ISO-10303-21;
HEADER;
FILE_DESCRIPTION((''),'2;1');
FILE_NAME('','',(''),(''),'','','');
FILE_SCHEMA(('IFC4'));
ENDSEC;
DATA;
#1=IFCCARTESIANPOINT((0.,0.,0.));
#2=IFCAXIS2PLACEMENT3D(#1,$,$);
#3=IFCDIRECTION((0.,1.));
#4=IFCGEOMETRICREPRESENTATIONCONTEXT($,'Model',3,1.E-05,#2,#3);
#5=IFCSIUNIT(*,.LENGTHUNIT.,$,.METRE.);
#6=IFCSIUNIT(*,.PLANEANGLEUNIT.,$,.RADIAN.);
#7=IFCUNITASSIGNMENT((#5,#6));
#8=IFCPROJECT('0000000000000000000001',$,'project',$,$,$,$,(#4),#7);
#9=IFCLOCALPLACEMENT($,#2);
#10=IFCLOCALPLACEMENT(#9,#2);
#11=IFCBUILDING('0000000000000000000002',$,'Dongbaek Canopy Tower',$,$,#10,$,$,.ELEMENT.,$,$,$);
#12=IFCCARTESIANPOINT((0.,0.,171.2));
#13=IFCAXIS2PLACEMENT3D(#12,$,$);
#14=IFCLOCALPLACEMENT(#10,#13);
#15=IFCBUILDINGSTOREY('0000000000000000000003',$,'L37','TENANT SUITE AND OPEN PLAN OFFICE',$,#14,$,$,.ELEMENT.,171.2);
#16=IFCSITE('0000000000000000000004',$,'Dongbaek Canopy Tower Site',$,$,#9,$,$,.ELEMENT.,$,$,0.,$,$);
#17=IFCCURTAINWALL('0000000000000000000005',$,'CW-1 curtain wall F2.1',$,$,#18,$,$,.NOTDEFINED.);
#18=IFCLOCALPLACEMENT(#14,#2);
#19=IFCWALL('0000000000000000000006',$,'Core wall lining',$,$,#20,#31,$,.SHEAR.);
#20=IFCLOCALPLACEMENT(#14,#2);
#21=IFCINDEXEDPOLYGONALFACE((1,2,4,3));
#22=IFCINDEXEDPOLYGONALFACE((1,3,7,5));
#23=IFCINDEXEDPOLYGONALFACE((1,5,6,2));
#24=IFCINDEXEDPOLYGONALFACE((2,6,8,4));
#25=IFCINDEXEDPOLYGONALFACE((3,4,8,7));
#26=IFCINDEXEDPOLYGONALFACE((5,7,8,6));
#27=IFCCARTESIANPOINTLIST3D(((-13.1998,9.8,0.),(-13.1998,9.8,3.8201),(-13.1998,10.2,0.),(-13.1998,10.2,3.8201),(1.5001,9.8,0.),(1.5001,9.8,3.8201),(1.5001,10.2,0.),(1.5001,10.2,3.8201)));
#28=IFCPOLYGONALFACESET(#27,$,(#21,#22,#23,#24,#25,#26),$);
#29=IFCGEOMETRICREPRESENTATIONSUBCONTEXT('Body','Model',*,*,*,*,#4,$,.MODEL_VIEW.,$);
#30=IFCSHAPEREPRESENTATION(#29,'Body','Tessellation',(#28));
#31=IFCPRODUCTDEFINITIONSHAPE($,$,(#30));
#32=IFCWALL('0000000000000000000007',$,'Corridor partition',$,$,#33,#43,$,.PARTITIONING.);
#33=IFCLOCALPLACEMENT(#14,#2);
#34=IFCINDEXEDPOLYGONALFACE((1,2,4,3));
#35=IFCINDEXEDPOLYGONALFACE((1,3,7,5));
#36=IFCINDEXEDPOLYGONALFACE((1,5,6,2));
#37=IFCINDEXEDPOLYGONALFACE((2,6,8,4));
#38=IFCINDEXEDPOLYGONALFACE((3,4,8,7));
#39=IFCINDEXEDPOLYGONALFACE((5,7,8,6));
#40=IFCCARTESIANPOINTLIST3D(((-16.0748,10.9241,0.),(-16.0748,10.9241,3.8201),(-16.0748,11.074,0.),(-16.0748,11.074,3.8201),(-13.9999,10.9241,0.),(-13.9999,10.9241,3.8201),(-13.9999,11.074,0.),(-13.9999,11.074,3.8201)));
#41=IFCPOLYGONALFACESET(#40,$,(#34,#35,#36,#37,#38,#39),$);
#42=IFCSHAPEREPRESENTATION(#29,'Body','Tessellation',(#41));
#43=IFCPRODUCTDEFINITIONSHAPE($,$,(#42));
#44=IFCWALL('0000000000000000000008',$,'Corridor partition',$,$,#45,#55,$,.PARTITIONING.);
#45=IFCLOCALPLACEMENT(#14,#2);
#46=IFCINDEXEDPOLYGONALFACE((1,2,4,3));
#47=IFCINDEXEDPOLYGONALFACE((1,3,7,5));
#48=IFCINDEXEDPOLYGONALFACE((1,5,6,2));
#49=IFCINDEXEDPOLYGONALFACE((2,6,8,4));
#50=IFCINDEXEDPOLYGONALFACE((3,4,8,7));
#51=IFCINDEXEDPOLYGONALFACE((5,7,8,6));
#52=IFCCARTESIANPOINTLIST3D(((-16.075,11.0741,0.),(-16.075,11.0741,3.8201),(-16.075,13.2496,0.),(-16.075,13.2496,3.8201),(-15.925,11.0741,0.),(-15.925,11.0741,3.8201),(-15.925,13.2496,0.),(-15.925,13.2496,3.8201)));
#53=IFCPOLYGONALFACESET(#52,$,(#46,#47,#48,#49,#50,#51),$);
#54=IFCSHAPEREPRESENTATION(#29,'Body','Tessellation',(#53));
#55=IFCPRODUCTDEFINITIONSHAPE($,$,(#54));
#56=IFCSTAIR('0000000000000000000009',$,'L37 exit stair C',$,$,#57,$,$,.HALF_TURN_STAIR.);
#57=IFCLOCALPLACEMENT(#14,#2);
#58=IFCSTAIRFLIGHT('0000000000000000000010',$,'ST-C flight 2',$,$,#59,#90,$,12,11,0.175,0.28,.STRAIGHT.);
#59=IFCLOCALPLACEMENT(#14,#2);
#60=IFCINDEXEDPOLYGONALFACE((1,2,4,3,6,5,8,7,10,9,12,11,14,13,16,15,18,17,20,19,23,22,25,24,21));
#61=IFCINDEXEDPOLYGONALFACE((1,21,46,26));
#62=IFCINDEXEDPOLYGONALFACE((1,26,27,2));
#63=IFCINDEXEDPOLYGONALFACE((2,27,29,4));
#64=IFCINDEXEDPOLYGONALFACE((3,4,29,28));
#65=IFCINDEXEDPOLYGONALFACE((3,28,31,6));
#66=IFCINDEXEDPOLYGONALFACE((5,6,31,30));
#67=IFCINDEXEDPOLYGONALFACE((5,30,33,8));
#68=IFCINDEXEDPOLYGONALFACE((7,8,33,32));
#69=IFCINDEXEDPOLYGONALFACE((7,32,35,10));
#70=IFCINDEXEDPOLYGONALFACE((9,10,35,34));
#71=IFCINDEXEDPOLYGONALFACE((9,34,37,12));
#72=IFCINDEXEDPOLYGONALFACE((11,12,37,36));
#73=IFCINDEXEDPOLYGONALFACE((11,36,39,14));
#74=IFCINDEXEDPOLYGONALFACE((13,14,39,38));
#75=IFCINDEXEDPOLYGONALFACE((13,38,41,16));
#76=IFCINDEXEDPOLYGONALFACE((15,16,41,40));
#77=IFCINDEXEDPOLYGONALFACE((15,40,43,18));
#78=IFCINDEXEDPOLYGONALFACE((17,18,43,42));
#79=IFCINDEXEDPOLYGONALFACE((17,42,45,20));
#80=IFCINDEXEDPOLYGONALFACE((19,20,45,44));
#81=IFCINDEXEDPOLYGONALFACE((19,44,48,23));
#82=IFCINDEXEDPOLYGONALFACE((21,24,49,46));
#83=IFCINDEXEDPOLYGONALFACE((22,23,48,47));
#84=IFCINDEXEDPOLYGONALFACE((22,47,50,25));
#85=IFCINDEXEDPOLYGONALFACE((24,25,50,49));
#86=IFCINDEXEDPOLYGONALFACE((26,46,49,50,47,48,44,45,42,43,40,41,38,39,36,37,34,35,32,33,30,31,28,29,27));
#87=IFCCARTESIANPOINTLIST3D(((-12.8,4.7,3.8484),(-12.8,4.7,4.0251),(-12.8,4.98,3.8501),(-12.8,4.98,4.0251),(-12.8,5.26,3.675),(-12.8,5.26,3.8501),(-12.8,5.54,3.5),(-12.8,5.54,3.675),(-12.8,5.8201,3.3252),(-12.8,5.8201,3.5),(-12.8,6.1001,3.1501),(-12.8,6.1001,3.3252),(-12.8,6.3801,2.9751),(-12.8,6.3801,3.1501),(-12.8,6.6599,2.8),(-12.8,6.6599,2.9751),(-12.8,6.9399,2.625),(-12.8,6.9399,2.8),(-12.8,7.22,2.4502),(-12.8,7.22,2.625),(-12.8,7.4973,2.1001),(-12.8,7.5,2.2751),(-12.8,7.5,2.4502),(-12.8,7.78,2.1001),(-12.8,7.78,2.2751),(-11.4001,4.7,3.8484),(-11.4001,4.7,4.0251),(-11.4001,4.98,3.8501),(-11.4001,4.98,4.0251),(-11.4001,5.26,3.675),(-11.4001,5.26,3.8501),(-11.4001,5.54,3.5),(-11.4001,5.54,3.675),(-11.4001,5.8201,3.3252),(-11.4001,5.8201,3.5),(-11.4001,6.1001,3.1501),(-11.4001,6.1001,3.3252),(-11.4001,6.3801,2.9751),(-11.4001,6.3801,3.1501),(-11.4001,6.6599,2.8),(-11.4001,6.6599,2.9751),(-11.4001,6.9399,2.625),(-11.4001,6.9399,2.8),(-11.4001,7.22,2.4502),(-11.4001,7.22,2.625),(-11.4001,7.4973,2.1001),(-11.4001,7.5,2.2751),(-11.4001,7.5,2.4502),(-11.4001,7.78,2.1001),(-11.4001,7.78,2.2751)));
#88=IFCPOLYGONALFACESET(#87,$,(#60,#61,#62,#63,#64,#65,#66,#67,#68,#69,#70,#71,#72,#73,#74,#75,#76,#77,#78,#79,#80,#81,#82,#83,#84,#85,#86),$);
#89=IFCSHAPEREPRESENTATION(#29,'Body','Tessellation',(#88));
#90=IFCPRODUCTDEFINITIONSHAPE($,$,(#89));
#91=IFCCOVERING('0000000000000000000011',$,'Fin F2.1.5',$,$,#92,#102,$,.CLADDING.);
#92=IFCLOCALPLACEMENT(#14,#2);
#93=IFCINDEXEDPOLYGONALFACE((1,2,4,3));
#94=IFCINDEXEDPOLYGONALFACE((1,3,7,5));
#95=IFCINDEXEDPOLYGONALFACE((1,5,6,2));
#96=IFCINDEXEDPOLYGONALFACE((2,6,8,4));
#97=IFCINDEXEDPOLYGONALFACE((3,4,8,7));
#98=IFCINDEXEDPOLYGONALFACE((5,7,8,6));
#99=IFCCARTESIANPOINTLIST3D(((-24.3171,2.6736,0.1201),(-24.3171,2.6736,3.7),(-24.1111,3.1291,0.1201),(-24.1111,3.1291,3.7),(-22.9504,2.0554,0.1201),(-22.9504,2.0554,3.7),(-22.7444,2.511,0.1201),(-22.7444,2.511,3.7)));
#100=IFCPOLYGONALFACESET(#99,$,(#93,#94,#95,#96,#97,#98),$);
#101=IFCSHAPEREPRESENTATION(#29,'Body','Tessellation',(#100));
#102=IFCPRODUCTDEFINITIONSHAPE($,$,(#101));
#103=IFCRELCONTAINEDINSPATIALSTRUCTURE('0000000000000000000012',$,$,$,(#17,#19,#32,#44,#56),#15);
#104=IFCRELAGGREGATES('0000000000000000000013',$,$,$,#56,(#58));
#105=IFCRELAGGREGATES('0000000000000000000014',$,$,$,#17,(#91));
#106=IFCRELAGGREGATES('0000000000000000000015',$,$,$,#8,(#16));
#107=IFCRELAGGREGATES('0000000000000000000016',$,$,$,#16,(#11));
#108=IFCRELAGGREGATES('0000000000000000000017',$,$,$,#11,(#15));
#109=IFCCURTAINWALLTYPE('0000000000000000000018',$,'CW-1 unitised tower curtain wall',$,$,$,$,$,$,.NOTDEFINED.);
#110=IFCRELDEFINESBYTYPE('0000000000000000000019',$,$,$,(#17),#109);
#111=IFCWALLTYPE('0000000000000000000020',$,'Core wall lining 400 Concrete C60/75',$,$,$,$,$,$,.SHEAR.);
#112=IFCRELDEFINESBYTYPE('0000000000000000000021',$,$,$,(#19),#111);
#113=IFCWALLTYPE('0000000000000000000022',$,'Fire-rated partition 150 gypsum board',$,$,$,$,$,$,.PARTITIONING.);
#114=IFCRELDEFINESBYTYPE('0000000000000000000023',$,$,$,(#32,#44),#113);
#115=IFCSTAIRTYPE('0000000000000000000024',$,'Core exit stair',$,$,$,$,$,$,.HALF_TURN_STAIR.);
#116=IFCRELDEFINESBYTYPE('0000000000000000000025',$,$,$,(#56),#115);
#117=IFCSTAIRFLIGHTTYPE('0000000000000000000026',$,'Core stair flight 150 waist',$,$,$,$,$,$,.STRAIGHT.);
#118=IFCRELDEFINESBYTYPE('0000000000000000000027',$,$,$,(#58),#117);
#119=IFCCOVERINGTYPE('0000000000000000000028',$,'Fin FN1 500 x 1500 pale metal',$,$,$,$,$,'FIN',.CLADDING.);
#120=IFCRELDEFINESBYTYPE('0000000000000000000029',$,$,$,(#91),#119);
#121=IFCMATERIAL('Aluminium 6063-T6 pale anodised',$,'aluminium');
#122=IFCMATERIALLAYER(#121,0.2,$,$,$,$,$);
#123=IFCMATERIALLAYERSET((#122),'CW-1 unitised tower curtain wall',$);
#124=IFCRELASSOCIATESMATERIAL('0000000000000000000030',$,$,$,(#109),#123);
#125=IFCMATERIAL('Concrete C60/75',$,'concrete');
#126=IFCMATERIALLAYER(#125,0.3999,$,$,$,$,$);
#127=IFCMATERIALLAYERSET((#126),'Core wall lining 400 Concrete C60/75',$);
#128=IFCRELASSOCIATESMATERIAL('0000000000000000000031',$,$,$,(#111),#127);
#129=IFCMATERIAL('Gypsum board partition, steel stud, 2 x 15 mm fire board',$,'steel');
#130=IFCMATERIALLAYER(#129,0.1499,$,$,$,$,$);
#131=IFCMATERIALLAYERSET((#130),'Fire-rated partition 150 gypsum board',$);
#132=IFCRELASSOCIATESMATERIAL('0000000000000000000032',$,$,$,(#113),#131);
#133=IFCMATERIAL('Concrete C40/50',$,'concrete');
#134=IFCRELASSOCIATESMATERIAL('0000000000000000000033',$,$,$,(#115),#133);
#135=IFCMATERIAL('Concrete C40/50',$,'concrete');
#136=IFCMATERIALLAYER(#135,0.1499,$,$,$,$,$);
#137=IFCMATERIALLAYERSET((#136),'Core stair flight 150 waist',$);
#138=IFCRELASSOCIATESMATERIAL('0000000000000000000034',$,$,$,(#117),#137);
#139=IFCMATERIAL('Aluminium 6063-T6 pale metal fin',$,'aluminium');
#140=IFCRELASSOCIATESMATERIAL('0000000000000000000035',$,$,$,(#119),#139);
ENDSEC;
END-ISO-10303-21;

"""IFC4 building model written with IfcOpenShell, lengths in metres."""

from ifc_helpers import new_model, si_unit, direction, frame, frame_2d, origin, origin_2d, place, context, subcontext, project, spatial, polyline, rectangle, outline, extrude, material, layer, layer_set, material_profile, profile_set, type_object, element, aggregate, save


model = new_model("IFC4")

# Units and contexts
model_context = context("Model", 3, precision=1e-05, world=origin(), true_north=direction((0.0, 1.0)))
body_context = subcontext(model_context, "Body", "Model", "MODEL_VIEW")
ifc_project = project(units=[si_unit("LENGTHUNIT", "METRE"), si_unit("PLANEANGLEUNIT", "RADIAN")], contexts=[model_context])

# Site, building, storey
site_placement = place(None, origin())
site = spatial("IfcSite", under=ifc_project, at=site_placement, Name="Dongbaek Canopy Tower Site", CompositionType="ELEMENT", RefElevation=0.0)
building_placement = place(site_placement, origin())
building = spatial("IfcBuilding", under=site, at=building_placement, Name="Dongbaek Canopy Tower", CompositionType="ELEMENT")
storey_placement = place(building_placement, frame((0.0, 0.0, 171.2)))
storey = spatial("IfcBuildingStorey", under=building, at=storey_placement, Name="L37", Description="TENANT SUITE AND OPEN PLAN OFFICE", CompositionType="ELEMENT", Elevation=171.2)

# Curtain wall
ifc_material_1 = material(Name="Aluminium 6063-T6 pale anodised", Category="aluminium")
ifc_layer_1 = layer(ifc_material_1, 0.2)
ifc_layer_set_1 = layer_set([ifc_layer_1], Name="CW-1 unitised tower curtain wall")
curtain_wall_type = type_object("IfcCurtainWallType", Name="CW-1 unitised tower curtain wall", PredefinedType="NOTDEFINED", material=ifc_layer_set_1)
curtain_wall_placement = place(storey_placement, origin())
curtain_wall = element("IfcCurtainWall", 1, at=curtain_wall_placement, inside=storey, type_object=curtain_wall_type, Name="CW-1 curtain wall F2.1", PredefinedType="NOTDEFINED")

# Walls
ifc_material_2 = material(Name="Concrete C60/75", Category="concrete")
ifc_layer_2 = layer(ifc_material_2, 0.3999)
ifc_layer_set_2 = layer_set([ifc_layer_2], Name="Core wall lining 400 Concrete C60/75")
wall_type_1 = type_object("IfcWallType", Name="Core wall lining 400 Concrete C60/75", PredefinedType="SHEAR", material=ifc_layer_set_2)
wall_1_placement = place(storey_placement, frame((-13.2, 10.0, 0.0), z_axis=(0.0, 0.0, 1.0), x_axis=(1.0, 0.0, 0.0)))
element("IfcWall", 2, at=wall_1_placement, inside=storey, type_object=wall_type_1, Name="Core wall lining", PredefinedType="SHEAR", context=body_context, shape_type="SweptSolid", body=[
    extrude(rectangle(XDim=14.7, YDim=0.3999, at=frame_2d((7.3501, 0.0))), origin(), (0.0, 0.0, 1.0), 3.8201),
])
ifc_material_3 = material(Name="Gypsum board partition, steel stud, 2 x 15 mm fire board", Category="steel")
ifc_layer_3 = layer(ifc_material_3, 0.1499)
ifc_layer_set_3 = layer_set([ifc_layer_3], Name="Fire-rated partition 150 gypsum board")
wall_type_2 = type_object("IfcWallType", Name="Fire-rated partition 150 gypsum board", PredefinedType="PARTITIONING", material=ifc_layer_set_3)
wall_2_placement = place(storey_placement, frame((-16.075, 10.999, 0.0), z_axis=(0.0, 0.0, 1.0), x_axis=(1.0, 0.0, 0.0)))
element("IfcWall", 3, at=wall_2_placement, inside=storey, type_object=wall_type_2, Name="Corridor partition", PredefinedType="PARTITIONING", context=body_context, shape_type="SweptSolid", body=[
    extrude(rectangle(XDim=2.075, YDim=0.1499, at=frame_2d((1.0376, 0.0))), origin(), (0.0, 0.0, 1.0), 3.8201),
])
wall_3_placement = place(storey_placement, frame((-16.0, 11.074, 0.0), z_axis=(0.0, 0.0, 1.0), x_axis=(0.0, 1.0, 0.0)))
element("IfcWall", 4, at=wall_3_placement, inside=storey, type_object=wall_type_2, Name="Corridor partition", PredefinedType="PARTITIONING", context=body_context, shape_type="SweptSolid", body=[
    extrude(rectangle(XDim=2.1755, YDim=0.1499, at=frame_2d((1.0879, 0.0))), origin(), (0.0, 0.0, 1.0), 3.8201),
])

# Stair, stair flight
ifc_material_4 = material(Name="Concrete C40/50", Category="concrete")
stair_type = type_object("IfcStairType", Name="Core exit stair", PredefinedType="HALF_TURN_STAIR", material=ifc_material_4)
stair_placement = place(storey_placement, origin())
stair = element("IfcStair", 5, at=stair_placement, inside=storey, type_object=stair_type, Name="L37 exit stair C", PredefinedType="HALF_TURN_STAIR")
ifc_material_5 = material(Name="Concrete C40/50", Category="concrete")
ifc_layer_4 = layer(ifc_material_5, 0.1499)
ifc_layer_set_4 = layer_set([ifc_layer_4], Name="Core stair flight 150 waist")
stair_flight_type = type_object("IfcStairFlightType", Name="Core stair flight 150 waist", PredefinedType="STRAIGHT", material=ifc_layer_set_4)
stair_flight_placement = place(storey_placement, frame((-12.1001, 7.78, 2.1001), z_axis=(0.0, 0.0, 1.0), x_axis=(0.0, -1.0, 0.0)))
stair_flight = element("IfcStairFlight", 6, at=stair_flight_placement, type_object=stair_flight_type, Name="ST-C flight 2", NumberOfRisers=12, NumberOfTreads=11, PredefinedType="STRAIGHT", RiserHeight=0.175, TreadLength=0.28, context=body_context, shape_type="SweptSolid", body=[
    extrude(outline(polyline([(0.0, 0.0), (0.0, 0.175), (0.28, 0.175), (0.28, 0.3501), (0.5601, 0.3501), (0.5601, 0.5249), (0.8401, 0.5249), (0.8401, 0.7), (1.1201, 0.7), (1.1201, 0.875), (1.3999, 0.875), (1.3999, 1.05), (1.6799, 1.05), (1.6799, 1.2251), (1.96, 1.2251), (1.96, 1.3999), (2.24, 1.3999), (2.24, 1.575), (2.52, 1.575), (2.52, 1.75), (2.8, 1.75), (2.8, 1.925), (3.0801, 1.925), (3.0801, 2.1001), (3.0801, 1.7483), (0.2827, 0.0), (0.0, 0.0)])), frame((0.0, 0.7, 0.0), z_axis=(0.0, -1.0, 0.0), x_axis=(1.0, 0.0, 0.0)), (0.0, 0.0, 1.0), 1.3999),
])
aggregate(stair, [stair_flight])

# Covering
ifc_material_6 = material(Name="Aluminium 6063-T6 pale metal fin", Category="aluminium")
ifc_material_profile_1 = material_profile(ifc_material_6, rectangle(XDim=1.5, YDim=0.5, at=origin_2d()), Name="Fin FN1 500 x 1500 pale metal")
ifc_profile_set_1 = profile_set([ifc_material_profile_1], Name="Aluminium 6063-T6 pale metal fin")
covering_type = type_object("IfcCoveringType", Name="Fin FN1 500 x 1500 pale metal", ElementType="FIN", PredefinedType="CLADDING", material=ifc_profile_set_1)
covering_placement = place(storey_placement, frame((-23.5308, 2.5923, 0.1201), z_axis=(0.0, 0.0, 1.0), x_axis=(-0.911148, 0.41208, 0.0)))
covering = element("IfcCovering", 7, at=covering_placement, type_object=covering_type, Name="Fin F2.1.5", PredefinedType="CLADDING", context=body_context, shape_type="SweptSolid", body=[
    extrude(rectangle(XDim=1.5, YDim=0.5, at=origin_2d()), origin(), (0.0, 0.0, 1.0), 3.5798),
])
aggregate(curtain_wall, [covering])

save(model, "model.ifc")
